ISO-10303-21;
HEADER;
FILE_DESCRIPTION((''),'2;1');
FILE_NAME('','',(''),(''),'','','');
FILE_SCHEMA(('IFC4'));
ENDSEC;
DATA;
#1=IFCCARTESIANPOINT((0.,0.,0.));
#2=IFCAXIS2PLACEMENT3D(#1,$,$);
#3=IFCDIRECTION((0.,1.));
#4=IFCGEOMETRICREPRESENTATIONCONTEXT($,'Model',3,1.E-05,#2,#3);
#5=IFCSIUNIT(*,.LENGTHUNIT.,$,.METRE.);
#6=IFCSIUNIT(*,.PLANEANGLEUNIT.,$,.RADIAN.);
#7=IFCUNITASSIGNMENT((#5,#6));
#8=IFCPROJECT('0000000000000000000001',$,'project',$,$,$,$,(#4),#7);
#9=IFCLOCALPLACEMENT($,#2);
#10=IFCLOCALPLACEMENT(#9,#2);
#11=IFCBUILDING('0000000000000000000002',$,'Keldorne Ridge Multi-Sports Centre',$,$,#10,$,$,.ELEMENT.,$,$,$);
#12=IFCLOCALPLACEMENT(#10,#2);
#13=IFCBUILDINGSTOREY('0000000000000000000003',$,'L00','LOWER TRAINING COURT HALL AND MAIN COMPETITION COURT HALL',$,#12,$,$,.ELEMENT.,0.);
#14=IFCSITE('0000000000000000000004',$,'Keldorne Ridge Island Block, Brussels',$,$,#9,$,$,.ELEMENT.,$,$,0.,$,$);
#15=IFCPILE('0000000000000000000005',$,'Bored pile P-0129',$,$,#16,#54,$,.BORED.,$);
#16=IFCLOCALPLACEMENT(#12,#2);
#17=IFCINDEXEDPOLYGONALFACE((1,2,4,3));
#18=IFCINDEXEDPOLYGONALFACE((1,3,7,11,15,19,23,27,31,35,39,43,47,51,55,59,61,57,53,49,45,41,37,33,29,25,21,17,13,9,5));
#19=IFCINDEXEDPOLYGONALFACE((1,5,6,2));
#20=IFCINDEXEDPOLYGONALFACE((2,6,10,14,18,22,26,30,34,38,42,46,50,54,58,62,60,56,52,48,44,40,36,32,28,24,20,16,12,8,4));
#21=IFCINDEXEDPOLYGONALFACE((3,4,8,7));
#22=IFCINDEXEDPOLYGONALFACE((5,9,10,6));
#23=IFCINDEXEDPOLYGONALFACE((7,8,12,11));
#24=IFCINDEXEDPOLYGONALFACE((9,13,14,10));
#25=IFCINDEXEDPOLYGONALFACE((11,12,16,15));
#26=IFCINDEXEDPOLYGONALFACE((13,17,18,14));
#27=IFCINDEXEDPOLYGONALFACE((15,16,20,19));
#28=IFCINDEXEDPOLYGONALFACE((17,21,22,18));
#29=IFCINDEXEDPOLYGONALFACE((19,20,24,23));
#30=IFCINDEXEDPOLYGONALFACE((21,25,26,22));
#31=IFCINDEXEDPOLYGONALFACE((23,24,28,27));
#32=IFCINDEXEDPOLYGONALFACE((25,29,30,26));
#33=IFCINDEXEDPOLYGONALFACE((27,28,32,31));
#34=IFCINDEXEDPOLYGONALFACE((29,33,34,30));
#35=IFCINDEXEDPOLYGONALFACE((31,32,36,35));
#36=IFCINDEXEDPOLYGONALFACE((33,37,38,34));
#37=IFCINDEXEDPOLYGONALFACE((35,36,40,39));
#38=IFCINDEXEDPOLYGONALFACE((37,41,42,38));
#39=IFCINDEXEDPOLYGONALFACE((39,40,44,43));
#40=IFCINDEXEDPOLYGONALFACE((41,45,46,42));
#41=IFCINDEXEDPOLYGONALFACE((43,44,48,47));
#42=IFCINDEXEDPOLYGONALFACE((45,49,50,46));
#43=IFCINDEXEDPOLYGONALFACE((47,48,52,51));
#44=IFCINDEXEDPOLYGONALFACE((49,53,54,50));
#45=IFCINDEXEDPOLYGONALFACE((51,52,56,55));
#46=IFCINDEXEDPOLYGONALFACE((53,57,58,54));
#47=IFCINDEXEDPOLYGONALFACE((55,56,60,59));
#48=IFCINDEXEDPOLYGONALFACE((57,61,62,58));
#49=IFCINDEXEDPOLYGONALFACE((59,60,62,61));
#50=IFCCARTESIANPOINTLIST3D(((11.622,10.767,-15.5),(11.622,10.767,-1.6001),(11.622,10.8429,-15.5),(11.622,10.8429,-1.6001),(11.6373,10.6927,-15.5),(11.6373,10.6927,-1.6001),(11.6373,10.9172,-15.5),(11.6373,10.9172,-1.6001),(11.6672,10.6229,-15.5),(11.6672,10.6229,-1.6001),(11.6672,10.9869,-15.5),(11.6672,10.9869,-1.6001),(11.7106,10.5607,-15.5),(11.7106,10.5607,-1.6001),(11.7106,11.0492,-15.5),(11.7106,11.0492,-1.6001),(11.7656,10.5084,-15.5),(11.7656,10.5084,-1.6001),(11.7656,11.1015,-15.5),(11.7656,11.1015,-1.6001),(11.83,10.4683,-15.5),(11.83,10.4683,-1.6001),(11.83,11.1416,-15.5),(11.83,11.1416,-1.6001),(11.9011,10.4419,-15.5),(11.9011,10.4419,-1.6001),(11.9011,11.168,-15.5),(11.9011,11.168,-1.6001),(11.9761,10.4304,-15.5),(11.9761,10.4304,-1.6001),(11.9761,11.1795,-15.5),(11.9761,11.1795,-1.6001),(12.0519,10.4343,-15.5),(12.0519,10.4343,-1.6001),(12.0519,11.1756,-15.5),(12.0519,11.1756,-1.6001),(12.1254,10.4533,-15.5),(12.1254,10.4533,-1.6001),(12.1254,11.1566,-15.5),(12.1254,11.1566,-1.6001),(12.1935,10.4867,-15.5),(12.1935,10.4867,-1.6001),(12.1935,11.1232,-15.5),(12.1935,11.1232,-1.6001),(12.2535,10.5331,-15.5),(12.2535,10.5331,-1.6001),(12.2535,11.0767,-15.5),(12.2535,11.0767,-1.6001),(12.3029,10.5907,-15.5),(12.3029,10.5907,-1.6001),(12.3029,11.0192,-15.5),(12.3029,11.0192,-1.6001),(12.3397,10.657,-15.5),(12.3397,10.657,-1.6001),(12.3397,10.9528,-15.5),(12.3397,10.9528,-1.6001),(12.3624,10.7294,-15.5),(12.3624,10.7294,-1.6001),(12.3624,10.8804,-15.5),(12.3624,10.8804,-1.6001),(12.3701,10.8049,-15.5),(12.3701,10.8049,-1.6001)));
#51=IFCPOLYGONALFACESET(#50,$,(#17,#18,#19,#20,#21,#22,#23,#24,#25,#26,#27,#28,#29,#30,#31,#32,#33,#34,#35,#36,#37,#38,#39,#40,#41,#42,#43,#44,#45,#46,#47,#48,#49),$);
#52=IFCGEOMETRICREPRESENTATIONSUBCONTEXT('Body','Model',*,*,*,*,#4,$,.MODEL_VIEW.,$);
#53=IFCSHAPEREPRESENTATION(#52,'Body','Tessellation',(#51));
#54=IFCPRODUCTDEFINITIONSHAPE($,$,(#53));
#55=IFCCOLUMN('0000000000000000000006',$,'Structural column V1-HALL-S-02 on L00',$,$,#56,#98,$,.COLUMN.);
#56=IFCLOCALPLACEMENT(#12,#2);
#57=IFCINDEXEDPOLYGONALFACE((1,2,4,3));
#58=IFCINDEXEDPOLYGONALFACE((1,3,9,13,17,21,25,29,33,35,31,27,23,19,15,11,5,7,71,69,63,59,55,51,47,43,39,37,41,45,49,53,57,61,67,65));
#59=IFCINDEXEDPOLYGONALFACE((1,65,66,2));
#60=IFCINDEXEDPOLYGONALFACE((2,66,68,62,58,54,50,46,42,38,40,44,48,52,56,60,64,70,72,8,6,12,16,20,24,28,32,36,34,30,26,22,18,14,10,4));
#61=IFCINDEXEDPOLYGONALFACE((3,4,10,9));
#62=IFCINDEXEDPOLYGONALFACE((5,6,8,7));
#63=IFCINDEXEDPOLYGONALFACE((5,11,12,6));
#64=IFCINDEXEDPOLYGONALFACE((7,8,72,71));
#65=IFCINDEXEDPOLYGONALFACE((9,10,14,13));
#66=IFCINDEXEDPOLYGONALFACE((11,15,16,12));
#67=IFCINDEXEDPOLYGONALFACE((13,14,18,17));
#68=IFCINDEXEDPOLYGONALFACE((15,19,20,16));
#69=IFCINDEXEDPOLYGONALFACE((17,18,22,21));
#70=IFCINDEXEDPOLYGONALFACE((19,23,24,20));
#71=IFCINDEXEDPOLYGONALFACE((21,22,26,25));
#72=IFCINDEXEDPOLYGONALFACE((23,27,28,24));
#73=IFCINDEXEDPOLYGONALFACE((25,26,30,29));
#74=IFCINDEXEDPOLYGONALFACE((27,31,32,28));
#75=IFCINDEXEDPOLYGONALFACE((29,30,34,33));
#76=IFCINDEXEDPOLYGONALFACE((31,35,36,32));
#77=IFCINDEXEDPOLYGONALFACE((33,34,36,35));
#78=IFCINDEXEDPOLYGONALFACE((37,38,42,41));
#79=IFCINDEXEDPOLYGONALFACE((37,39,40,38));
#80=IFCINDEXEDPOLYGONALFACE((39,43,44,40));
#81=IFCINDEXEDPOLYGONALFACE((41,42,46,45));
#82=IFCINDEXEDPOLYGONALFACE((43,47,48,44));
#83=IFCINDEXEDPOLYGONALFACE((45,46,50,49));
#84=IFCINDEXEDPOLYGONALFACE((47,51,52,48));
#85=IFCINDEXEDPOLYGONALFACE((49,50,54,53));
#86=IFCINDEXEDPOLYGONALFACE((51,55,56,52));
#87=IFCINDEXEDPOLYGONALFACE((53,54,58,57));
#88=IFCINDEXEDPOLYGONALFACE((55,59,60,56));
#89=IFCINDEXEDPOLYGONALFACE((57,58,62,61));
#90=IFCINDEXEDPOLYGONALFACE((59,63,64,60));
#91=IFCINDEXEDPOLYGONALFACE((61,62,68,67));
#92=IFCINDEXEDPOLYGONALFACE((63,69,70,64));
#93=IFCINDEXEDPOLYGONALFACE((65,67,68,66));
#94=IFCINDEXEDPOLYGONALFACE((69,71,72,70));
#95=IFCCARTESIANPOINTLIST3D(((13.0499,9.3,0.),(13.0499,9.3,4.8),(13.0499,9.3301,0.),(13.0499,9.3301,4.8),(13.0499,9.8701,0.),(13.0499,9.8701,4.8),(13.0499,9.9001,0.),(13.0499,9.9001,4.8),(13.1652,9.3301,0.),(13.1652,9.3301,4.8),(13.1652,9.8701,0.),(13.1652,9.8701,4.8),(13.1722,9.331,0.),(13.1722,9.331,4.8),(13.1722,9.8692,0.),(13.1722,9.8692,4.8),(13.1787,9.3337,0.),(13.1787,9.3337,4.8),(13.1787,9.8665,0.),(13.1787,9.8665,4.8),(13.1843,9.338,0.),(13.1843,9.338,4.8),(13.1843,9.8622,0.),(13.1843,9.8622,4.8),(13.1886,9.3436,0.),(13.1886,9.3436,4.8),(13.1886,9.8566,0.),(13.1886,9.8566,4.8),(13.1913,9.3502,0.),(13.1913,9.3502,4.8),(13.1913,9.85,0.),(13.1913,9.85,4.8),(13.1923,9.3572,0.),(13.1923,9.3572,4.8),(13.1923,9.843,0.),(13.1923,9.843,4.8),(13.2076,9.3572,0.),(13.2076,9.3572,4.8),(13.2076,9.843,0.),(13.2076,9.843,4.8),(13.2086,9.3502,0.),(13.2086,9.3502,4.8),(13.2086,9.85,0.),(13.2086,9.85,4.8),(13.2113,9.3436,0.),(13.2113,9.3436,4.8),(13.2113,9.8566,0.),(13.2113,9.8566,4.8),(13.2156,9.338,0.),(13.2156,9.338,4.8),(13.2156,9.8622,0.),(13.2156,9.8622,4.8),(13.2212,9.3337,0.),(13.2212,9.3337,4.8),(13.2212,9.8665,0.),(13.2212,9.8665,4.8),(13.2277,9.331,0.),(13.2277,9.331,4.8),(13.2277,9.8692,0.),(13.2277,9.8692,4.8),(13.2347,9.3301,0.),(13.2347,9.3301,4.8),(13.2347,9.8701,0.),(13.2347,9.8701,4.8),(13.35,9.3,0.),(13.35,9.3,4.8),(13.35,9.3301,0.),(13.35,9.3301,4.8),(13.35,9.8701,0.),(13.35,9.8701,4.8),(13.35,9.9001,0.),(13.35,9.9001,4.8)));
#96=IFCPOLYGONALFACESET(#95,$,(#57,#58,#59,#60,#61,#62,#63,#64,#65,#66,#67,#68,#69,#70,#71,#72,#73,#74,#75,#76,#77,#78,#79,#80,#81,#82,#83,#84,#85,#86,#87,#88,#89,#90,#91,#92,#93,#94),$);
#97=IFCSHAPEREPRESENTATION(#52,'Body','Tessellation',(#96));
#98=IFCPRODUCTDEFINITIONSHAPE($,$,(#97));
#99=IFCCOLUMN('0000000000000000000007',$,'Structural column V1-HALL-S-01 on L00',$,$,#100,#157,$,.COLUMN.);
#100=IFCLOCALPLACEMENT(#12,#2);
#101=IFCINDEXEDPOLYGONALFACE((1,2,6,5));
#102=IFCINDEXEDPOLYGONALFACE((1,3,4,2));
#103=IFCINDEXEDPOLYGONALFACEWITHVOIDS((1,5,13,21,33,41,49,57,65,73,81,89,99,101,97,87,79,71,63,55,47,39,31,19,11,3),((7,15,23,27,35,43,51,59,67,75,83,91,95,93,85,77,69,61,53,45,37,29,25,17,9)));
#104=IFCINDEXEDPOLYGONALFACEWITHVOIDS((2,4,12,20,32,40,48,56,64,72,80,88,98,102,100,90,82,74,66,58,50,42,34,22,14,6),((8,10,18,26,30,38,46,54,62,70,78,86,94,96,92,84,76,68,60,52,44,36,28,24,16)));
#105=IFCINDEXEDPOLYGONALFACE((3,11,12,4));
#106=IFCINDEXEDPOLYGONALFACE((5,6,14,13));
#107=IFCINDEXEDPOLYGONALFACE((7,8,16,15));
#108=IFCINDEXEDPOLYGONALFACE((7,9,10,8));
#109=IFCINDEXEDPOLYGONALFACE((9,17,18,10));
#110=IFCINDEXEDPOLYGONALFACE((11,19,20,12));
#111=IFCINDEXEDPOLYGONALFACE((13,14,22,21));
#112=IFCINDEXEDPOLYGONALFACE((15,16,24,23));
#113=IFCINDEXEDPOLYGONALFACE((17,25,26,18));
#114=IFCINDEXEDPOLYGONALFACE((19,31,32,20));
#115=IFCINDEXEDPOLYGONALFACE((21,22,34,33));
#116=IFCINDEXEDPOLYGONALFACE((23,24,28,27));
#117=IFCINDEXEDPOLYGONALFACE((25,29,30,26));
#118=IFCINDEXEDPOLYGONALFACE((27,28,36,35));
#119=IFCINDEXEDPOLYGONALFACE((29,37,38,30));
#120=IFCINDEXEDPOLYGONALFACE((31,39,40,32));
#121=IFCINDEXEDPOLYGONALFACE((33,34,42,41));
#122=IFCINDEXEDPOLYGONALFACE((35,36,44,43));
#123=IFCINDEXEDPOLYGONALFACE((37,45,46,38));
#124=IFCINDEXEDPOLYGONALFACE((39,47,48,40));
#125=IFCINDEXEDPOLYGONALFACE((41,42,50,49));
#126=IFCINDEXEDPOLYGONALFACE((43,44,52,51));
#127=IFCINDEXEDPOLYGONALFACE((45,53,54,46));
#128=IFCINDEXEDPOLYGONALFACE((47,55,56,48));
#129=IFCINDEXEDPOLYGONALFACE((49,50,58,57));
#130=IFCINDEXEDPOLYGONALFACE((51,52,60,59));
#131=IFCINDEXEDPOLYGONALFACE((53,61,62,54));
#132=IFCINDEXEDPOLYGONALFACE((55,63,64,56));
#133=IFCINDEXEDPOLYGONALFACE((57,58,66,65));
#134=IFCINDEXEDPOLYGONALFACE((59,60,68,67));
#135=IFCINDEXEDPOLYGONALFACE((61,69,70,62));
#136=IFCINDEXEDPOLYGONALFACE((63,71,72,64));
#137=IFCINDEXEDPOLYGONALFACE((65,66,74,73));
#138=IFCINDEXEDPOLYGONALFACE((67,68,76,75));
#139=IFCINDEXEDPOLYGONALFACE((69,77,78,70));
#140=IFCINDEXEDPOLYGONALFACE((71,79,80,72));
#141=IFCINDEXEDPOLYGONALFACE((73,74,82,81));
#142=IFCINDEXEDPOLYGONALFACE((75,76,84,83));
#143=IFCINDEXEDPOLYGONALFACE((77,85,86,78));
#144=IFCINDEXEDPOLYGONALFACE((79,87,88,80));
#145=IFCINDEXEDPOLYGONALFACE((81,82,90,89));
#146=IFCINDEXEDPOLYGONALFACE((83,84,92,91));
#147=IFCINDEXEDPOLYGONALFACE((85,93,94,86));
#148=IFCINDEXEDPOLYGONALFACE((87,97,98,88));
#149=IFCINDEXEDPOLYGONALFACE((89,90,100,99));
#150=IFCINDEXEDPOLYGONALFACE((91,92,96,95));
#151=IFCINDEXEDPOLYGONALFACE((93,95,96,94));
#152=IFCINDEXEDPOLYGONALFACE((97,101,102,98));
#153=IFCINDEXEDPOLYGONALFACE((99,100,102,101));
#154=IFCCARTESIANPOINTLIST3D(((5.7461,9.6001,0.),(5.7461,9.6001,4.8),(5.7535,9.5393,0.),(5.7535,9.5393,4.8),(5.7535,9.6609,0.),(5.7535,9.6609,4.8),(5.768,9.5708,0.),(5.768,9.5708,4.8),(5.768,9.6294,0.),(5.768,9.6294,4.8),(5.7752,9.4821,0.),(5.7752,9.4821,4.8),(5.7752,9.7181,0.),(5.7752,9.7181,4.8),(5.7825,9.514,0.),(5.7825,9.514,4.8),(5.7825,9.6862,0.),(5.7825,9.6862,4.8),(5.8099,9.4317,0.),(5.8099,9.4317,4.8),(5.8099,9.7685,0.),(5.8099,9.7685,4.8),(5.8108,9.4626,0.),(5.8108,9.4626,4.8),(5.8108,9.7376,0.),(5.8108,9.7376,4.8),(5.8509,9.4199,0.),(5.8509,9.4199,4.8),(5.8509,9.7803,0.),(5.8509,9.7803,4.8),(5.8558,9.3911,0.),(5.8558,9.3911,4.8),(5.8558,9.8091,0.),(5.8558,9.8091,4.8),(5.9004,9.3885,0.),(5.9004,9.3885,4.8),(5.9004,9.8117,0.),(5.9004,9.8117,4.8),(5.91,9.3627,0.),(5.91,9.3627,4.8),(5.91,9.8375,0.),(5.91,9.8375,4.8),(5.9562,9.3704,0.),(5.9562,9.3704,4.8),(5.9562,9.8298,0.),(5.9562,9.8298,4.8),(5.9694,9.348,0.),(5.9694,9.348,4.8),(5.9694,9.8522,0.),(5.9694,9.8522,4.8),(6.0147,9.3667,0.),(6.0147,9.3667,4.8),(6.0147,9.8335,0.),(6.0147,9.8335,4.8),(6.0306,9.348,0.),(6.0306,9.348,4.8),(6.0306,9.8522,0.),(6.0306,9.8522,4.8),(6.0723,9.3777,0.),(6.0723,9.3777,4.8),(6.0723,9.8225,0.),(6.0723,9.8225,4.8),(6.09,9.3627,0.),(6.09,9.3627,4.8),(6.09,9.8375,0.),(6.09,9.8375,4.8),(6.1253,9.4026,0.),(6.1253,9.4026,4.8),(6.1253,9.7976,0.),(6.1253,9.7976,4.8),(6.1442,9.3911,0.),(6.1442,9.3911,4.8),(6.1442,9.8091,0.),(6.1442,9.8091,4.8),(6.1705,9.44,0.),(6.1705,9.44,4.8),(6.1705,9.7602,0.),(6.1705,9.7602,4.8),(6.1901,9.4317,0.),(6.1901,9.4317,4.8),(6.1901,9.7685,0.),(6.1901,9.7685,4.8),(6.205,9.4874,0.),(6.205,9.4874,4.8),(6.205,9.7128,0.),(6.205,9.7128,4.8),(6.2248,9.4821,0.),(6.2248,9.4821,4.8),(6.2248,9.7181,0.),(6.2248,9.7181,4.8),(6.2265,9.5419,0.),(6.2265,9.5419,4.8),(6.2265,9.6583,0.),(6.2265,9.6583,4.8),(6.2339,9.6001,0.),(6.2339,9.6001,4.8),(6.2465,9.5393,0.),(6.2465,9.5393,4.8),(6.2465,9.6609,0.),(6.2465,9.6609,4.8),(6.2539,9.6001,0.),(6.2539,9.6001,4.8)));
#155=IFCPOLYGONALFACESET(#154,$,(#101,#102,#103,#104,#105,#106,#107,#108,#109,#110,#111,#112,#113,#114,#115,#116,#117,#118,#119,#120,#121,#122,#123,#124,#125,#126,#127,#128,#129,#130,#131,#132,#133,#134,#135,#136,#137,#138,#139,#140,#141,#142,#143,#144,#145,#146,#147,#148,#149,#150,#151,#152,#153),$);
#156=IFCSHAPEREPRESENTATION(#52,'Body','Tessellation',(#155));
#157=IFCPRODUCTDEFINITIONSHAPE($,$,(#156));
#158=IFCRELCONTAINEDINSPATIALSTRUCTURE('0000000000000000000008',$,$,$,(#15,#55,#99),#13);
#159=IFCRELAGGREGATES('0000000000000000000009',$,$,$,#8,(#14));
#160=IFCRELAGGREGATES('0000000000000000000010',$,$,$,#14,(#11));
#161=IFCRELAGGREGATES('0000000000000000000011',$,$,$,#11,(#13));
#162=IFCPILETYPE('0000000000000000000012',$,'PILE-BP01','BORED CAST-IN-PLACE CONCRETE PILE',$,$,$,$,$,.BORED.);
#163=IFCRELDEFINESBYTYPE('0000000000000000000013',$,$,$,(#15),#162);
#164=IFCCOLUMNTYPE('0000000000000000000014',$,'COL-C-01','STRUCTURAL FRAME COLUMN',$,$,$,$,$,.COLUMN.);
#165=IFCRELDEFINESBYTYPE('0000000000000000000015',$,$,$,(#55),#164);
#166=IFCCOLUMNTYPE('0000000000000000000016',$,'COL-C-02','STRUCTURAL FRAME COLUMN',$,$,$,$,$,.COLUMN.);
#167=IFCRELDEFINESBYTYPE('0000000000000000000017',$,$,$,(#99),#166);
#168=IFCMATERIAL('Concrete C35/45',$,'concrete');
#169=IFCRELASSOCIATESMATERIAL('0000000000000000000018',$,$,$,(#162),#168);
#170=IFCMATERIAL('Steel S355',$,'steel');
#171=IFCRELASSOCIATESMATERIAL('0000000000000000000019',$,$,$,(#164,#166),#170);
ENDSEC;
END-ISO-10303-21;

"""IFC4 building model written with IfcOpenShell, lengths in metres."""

from ifc_helpers import new_model, si_unit, direction, frame, origin, origin_2d, place, context, subcontext, project, spatial, circle, hollow_circle, i_section, extrude, material, material_profile, profile_set, type_object, element, save


model = new_model("IFC4")

# Units and contexts
model_context = context("Model", 3, precision=1e-05, world=origin(), true_north=direction((0.0, 1.0)))
body_context = subcontext(model_context, "Body", "Model", "MODEL_VIEW")
ifc_project = project(units=[si_unit("LENGTHUNIT", "METRE"), si_unit("PLANEANGLEUNIT", "RADIAN")], contexts=[model_context])

# Site, building, storey
site_placement = place(None, origin())
site = spatial("IfcSite", under=ifc_project, at=site_placement, Name="Keldorne Ridge Island Block, Brussels", CompositionType="ELEMENT", RefElevation=0.0)
building_placement = place(site_placement, origin())
building = spatial("IfcBuilding", under=site, at=building_placement, Name="Keldorne Ridge Multi-Sports Centre", CompositionType="ELEMENT")
storey_placement = place(building_placement, origin())
storey = spatial("IfcBuildingStorey", under=building, at=storey_placement, Name="L00", Description="LOWER TRAINING COURT HALL AND MAIN COMPETITION COURT HALL", CompositionType="ELEMENT", Elevation=0.0)

# Shared definitions
ifc_material_1 = material(Name="Concrete C35/45", Category="concrete")

# Pile
ifc_material_profile_1 = material_profile(ifc_material_1, circle(Radius=0.375, at=origin_2d()), Name="BORED PILE D750")
ifc_profile_set_1 = profile_set([ifc_material_profile_1], Name="Concrete C35/45")
pile_type = type_object("IfcPileType", Name="PILE-BP01", Description="BORED CAST-IN-PLACE CONCRETE PILE", PredefinedType="BORED", material=ifc_profile_set_1)
for number, where, z_axis, x_axis, name in (
    (1, (11.9951, 10.8049, -1.6001), (0.0, 0.0, -1.0), (1.0, 0.0, 0.0), "Bored pile P-0129"),
):
    element("IfcPile", number, at=place(storey_placement, frame(where, z_axis=z_axis, x_axis=x_axis)), inside=storey, type_object=pile_type, Name=name, PredefinedType="BORED", context=body_context, shape_type="SweptSolid", body=[
        extrude(circle(Radius=0.375, at=origin_2d()), origin(), (0.0, 0.0, 1.0), 13.8999),
    ])

# Columns
ifc_material_2 = material(Name="Steel S355", Category="steel")
ifc_material_profile_2 = material_profile(ifc_material_2, i_section(OverallWidth=0.3, OverallDepth=0.6001, WebThickness=0.0154, FlangeThickness=0.03, FilletRadius=0.0271, at=origin_2d()), Name="HEB 600")
ifc_profile_set_2 = profile_set([ifc_material_profile_2], Name="Steel S355")
column_type_1 = type_object("IfcColumnType", Name="COL-C-01", Description="STRUCTURAL FRAME COLUMN", PredefinedType="COLUMN", material=ifc_profile_set_2)
column_1_placement = place(storey_placement, frame((13.2, 9.6001, 0.0), z_axis=(0.0, 0.0, 1.0), x_axis=(1.0, 0.0, 0.0)))
element("IfcColumn", 2, at=column_1_placement, inside=storey, type_object=column_type_1, Name="Structural column V1-HALL-S-02 on L00", PredefinedType="COLUMN", context=body_context, shape_type="SweptSolid", body=[
    extrude(i_section(OverallWidth=0.3, OverallDepth=0.6001, WebThickness=0.0154, FlangeThickness=0.03, FilletRadius=0.0271, at=origin_2d()), origin(), (0.0, 0.0, 1.0), 4.8),
])
ifc_material_profile_3 = material_profile(ifc_material_2, hollow_circle(Radius=0.2539, WallThickness=0.02, at=origin_2d()), Name="CHS 508x20")
ifc_profile_set_3 = profile_set([ifc_material_profile_3], Name="Steel S355")
column_type_2 = type_object("IfcColumnType", Name="COL-C-02", Description="STRUCTURAL FRAME COLUMN", PredefinedType="COLUMN", material=ifc_profile_set_3)
column_2_placement = place(storey_placement, frame((6.0, 9.6001, 0.0), z_axis=(0.0, 0.0, 1.0), x_axis=(1.0, 0.0, 0.0)))
element("IfcColumn", 3, at=column_2_placement, inside=storey, type_object=column_type_2, Name="Structural column V1-HALL-S-01 on L00", PredefinedType="COLUMN", context=body_context, shape_type="SweptSolid", body=[
    extrude(hollow_circle(Radius=0.2539, WallThickness=0.02, at=origin_2d()), origin(), (0.0, 0.0, 1.0), 4.8),
])

save(model, "model.ifc")
